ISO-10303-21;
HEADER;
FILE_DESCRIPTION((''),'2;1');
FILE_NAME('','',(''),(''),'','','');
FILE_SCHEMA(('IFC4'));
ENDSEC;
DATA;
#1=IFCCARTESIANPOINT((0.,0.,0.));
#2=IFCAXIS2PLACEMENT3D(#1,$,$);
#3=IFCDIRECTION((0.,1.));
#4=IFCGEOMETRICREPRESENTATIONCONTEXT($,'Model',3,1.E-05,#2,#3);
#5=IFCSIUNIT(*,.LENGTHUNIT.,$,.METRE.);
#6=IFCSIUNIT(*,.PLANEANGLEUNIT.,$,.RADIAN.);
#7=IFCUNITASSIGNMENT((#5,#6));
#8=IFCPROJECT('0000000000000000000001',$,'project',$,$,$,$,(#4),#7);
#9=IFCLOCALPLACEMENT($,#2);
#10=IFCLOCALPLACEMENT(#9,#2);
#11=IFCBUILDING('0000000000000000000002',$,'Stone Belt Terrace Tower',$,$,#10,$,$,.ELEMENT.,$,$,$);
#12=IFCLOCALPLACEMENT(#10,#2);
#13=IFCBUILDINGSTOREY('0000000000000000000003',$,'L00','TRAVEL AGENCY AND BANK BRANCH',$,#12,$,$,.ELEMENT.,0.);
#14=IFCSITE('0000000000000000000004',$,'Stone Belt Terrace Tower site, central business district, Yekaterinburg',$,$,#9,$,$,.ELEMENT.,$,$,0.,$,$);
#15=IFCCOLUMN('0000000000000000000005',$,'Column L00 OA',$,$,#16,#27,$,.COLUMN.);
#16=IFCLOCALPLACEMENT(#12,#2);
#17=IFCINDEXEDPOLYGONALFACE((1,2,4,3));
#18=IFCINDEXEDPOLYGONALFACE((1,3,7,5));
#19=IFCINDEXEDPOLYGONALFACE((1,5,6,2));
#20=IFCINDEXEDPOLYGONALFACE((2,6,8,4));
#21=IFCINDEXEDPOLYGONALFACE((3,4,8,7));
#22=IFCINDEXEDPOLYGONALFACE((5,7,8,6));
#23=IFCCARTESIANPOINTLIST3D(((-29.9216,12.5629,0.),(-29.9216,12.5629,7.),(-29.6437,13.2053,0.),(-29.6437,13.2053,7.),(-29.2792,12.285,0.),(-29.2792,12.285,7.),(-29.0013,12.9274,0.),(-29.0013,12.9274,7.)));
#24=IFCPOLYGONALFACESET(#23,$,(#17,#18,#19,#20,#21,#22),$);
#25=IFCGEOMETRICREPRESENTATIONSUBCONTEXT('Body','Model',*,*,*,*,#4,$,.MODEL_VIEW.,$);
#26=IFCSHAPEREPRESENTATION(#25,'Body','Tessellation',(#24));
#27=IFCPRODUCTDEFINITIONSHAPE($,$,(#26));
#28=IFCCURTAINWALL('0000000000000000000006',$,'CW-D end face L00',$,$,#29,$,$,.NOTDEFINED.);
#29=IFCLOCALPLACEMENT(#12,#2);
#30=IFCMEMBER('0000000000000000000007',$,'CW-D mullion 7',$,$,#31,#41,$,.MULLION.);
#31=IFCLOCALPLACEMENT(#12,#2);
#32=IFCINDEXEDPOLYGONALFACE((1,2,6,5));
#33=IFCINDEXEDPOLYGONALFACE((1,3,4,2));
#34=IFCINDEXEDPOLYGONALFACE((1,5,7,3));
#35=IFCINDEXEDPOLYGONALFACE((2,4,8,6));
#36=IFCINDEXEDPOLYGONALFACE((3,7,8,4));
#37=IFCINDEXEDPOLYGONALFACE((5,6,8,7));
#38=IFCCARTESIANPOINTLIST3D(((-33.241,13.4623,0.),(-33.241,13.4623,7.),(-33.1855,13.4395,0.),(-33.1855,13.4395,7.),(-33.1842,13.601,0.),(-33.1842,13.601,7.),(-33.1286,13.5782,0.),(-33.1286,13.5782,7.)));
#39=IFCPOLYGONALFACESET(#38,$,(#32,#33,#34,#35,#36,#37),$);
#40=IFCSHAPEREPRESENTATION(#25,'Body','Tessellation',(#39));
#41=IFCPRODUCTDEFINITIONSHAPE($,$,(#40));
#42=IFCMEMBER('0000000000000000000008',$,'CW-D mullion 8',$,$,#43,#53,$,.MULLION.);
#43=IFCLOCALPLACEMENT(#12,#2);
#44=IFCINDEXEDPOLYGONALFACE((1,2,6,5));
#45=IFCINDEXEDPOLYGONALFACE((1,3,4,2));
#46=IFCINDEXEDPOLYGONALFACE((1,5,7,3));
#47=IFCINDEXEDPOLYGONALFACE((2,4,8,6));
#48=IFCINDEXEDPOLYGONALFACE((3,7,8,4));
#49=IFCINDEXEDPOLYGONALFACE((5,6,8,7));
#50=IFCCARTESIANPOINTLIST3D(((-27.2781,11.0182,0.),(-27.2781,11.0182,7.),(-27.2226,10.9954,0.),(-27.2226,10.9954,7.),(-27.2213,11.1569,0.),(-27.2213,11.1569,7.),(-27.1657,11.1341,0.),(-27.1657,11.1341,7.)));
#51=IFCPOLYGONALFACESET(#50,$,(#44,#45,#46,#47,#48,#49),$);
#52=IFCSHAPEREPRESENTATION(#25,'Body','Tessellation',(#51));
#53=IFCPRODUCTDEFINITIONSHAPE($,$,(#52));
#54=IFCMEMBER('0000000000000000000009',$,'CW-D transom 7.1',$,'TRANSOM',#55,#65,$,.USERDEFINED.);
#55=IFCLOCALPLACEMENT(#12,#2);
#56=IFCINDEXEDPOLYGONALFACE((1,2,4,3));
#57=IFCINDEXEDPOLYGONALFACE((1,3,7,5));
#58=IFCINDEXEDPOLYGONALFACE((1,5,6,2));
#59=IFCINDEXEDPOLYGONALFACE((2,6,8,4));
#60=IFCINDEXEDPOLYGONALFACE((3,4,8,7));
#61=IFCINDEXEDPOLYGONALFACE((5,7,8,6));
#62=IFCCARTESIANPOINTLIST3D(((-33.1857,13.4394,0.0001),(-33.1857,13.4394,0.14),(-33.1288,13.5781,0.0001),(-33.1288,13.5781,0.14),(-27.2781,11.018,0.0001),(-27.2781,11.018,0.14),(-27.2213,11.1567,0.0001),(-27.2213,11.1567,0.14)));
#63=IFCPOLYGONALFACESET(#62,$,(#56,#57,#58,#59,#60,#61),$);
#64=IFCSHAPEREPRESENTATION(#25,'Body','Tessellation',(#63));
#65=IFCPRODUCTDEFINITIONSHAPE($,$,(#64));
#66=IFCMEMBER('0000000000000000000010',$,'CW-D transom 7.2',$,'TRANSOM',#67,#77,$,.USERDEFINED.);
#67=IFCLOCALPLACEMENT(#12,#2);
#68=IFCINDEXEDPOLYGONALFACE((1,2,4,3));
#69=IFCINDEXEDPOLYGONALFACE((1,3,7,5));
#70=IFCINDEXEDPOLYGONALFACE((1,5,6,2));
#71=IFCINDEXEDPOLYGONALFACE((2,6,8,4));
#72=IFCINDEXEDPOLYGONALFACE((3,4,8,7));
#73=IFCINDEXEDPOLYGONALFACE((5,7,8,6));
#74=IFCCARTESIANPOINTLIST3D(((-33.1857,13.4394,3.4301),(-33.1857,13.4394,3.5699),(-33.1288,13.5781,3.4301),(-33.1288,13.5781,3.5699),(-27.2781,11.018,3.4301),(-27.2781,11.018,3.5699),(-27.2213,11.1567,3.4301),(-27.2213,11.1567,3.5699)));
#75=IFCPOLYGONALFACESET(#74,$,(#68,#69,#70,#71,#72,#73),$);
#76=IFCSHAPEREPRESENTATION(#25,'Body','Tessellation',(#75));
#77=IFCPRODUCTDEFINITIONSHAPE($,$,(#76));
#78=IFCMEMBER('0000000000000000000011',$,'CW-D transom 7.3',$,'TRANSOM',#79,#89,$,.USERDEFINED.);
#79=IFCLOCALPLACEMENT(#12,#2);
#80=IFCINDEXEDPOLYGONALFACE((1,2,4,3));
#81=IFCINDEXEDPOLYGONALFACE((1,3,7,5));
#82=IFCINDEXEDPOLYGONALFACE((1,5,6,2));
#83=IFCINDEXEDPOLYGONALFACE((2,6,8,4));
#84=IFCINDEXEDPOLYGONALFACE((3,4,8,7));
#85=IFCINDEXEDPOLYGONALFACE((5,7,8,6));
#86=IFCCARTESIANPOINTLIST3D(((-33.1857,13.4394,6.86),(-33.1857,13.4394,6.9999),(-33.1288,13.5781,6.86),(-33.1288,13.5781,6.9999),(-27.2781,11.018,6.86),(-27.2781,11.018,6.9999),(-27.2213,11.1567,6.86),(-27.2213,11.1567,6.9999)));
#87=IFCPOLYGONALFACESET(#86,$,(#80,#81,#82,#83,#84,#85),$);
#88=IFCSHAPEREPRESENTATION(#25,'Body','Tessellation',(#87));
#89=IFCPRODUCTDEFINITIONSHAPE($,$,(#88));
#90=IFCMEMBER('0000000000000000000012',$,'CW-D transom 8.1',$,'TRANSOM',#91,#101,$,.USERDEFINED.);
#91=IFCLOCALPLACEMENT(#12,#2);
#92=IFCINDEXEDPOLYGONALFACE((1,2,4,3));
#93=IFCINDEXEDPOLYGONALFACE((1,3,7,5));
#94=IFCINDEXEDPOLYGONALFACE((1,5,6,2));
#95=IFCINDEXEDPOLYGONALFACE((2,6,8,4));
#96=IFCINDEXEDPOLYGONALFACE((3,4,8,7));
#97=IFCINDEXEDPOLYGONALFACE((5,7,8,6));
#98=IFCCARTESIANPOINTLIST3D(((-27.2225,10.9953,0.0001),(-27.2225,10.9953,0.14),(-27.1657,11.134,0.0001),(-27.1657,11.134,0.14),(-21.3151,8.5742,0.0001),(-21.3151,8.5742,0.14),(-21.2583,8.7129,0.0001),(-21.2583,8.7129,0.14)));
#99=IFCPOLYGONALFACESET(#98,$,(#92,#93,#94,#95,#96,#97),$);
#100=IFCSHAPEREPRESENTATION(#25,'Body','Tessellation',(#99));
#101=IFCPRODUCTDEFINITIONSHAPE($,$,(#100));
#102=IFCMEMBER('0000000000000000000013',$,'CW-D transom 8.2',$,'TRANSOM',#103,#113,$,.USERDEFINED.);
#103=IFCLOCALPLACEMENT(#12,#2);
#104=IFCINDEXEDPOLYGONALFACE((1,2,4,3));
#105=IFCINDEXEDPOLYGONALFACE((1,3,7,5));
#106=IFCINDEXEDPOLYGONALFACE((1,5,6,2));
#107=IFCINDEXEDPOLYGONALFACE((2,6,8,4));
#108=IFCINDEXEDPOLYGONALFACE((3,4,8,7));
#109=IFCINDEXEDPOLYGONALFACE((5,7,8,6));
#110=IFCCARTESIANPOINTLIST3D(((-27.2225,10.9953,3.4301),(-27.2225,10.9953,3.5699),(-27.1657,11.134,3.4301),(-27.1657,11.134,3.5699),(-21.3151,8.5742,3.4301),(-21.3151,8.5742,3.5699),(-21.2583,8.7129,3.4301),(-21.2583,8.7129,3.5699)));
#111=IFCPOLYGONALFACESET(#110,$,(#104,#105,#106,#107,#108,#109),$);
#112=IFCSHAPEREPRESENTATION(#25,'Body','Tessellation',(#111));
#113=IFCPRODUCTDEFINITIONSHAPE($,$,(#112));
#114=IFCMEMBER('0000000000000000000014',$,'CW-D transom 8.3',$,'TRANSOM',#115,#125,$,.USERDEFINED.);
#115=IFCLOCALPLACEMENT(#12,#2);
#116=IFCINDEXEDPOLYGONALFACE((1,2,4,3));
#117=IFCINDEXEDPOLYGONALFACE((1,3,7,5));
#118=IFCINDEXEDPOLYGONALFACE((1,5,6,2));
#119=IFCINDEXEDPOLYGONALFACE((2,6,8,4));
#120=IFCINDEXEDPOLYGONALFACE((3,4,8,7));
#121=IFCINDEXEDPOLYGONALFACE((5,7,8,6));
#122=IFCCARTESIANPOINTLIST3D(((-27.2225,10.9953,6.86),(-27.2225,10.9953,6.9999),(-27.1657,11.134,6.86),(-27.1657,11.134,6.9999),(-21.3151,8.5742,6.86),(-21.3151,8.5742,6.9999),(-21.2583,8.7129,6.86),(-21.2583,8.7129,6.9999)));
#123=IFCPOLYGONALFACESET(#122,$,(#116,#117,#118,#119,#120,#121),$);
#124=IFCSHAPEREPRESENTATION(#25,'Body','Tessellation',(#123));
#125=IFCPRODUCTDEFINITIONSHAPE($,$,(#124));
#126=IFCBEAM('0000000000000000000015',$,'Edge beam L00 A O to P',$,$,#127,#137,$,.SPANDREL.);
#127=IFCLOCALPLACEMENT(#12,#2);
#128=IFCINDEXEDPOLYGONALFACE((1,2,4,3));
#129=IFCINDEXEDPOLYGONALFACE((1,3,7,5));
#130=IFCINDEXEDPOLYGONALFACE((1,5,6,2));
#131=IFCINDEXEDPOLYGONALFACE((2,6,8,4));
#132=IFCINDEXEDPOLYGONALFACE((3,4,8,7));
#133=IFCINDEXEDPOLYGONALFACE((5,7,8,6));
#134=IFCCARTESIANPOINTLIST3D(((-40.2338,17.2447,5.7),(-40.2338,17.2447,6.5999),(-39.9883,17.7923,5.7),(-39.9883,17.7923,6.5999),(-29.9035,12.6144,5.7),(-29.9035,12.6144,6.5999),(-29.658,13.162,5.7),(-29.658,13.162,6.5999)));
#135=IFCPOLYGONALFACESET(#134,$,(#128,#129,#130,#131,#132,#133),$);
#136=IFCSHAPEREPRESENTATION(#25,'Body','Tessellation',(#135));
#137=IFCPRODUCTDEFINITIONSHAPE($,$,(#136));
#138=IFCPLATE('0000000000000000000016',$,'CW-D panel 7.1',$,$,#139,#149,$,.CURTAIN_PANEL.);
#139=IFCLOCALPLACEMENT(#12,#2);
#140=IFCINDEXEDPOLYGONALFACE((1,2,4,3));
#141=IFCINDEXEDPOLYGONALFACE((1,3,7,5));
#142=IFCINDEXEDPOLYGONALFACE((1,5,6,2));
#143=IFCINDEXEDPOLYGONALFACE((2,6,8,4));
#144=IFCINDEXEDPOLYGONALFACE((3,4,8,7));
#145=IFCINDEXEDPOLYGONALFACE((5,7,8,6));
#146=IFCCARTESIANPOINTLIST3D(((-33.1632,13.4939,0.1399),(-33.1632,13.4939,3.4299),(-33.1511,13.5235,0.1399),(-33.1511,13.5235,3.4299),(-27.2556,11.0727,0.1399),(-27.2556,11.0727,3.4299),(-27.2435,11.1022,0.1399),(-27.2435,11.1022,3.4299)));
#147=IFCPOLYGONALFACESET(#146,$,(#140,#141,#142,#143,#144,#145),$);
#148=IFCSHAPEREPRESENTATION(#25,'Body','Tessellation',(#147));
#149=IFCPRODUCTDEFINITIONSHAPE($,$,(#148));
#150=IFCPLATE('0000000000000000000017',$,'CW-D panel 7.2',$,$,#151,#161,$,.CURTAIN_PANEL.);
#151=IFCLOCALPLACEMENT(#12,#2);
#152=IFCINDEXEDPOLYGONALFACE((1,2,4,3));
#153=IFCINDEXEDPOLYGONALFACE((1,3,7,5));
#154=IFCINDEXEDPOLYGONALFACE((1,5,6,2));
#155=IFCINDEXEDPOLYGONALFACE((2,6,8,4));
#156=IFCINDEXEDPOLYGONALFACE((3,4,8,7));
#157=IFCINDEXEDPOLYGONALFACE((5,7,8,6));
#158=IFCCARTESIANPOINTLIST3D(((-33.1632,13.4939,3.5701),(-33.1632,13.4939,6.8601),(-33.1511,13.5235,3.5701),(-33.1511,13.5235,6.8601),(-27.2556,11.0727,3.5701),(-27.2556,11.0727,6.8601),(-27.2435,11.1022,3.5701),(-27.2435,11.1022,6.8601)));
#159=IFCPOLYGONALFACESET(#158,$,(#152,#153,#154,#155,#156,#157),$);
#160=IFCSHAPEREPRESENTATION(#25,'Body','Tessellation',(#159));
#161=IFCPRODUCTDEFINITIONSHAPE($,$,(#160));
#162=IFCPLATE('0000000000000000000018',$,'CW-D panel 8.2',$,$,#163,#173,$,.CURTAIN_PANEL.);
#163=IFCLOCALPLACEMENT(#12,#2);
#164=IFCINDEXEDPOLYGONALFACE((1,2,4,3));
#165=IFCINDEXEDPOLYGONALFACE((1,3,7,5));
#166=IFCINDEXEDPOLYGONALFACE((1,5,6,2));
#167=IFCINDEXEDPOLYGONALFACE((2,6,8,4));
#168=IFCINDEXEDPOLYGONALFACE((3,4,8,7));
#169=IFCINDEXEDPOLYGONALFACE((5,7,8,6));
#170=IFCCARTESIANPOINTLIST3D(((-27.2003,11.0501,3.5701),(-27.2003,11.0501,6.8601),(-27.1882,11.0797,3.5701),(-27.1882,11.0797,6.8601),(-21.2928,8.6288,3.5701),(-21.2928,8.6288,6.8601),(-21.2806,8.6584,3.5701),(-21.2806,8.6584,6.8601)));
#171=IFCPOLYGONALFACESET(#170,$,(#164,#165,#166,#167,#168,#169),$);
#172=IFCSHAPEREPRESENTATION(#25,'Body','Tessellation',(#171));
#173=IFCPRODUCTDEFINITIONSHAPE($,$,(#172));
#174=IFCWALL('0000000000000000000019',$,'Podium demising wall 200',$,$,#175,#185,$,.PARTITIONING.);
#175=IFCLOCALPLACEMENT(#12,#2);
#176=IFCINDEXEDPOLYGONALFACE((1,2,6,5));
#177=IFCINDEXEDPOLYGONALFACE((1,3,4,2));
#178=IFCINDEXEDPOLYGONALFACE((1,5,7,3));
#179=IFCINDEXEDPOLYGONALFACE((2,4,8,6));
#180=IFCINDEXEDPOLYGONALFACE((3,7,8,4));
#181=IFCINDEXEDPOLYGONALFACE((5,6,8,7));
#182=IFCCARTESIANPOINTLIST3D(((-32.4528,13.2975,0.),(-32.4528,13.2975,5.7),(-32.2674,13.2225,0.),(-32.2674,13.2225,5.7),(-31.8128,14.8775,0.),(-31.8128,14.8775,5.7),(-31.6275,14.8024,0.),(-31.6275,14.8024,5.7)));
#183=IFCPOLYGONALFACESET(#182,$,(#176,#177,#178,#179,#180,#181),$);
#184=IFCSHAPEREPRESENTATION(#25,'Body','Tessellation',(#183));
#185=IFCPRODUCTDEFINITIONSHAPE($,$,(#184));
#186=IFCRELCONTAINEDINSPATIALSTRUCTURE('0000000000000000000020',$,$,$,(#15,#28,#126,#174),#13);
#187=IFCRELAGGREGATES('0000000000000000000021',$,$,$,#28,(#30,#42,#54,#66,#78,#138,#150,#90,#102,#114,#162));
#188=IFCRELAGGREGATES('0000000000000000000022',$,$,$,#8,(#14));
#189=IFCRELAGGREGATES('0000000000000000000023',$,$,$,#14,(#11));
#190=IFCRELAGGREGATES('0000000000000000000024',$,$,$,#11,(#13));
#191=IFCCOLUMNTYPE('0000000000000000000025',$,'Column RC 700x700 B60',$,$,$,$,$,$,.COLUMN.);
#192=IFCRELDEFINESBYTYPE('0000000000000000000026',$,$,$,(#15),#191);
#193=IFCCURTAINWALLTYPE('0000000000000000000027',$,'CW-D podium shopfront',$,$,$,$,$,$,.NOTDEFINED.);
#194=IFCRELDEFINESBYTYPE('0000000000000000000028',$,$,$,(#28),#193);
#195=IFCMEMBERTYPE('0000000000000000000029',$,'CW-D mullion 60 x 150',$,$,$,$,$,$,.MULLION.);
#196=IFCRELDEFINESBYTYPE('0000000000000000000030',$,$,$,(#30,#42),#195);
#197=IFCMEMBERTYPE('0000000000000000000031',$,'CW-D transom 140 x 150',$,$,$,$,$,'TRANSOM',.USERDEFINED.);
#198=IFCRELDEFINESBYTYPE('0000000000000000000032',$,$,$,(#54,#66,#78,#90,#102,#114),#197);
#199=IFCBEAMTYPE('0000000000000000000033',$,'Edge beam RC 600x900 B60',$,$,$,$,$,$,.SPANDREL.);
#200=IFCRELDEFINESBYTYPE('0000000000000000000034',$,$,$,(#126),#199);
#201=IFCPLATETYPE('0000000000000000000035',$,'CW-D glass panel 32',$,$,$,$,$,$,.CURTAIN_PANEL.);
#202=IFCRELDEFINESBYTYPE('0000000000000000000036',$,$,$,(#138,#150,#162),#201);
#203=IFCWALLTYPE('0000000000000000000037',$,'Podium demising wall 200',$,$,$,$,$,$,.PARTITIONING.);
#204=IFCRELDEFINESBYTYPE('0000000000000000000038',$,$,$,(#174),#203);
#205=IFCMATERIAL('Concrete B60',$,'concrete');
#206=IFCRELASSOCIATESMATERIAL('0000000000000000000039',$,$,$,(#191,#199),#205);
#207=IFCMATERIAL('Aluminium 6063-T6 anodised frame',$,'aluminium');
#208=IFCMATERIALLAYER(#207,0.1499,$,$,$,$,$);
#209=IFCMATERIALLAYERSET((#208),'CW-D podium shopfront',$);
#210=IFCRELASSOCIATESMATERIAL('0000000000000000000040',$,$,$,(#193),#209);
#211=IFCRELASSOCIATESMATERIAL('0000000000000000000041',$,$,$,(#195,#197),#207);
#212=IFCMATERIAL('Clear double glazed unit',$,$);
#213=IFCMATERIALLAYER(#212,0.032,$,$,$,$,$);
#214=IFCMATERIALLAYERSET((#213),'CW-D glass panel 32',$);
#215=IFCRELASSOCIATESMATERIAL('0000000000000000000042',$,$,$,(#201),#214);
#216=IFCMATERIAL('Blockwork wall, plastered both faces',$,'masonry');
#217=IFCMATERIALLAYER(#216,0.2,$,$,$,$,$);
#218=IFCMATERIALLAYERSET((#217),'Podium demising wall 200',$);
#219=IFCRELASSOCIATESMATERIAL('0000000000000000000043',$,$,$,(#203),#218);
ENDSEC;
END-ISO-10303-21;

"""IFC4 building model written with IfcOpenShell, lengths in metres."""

from ifc_helpers import new_model, si_unit, direction, frame, frame_2d, origin, origin_2d, place, context, subcontext, project, spatial, rectangle, extrude, material, layer, layer_set, material_profile, profile_set, type_object, element, aggregate, save


model = new_model("IFC4")

# Units and contexts
model_context = context("Model", 3, precision=1e-05, world=origin(), true_north=direction((0.0, 1.0)))
body_context = subcontext(model_context, "Body", "Model", "MODEL_VIEW")
ifc_project = project(units=[si_unit("LENGTHUNIT", "METRE"), si_unit("PLANEANGLEUNIT", "RADIAN")], contexts=[model_context])

# Site, building, storey
site_placement = place(None, origin())
site = spatial("IfcSite", under=ifc_project, at=site_placement, Name="Stone Belt Terrace Tower site, central business district, Yekaterinburg", CompositionType="ELEMENT", RefElevation=0.0)
building_placement = place(site_placement, origin())
building = spatial("IfcBuilding", under=site, at=building_placement, Name="Stone Belt Terrace Tower", CompositionType="ELEMENT")
storey_placement = place(building_placement, origin())
storey = spatial("IfcBuildingStorey", under=building, at=storey_placement, Name="L00", Description="TRAVEL AGENCY AND BANK BRANCH", CompositionType="ELEMENT", Elevation=0.0)

# Column
ifc_material_1 = material(Name="Concrete B60", Category="concrete")
ifc_material_profile_1 = material_profile(ifc_material_1, rectangle(XDim=0.7, YDim=0.7, at=origin_2d()), Name="RC 700x700")
ifc_profile_set_1 = profile_set([ifc_material_profile_1], Name="Concrete B60")
column_type = type_object("IfcColumnType", Name="Column RC 700x700 B60", PredefinedType="COLUMN", material=ifc_profile_set_1)
column_placement = place(storey_placement, frame((-29.4614, 12.7451, 0.0), z_axis=(0.0, 0.0, 1.0), x_axis=(0.397044, 0.9178, 0.0)))
element("IfcColumn", 1, at=column_placement, inside=storey, type_object=column_type, Name="Column L00 OA", PredefinedType="COLUMN", context=body_context, shape_type="SweptSolid", body=[
    extrude(rectangle(XDim=0.7, YDim=0.7, at=origin_2d()), origin(), (0.0, 0.0, 1.0), 7.0),
])

# Curtain wall, members
ifc_material_2 = material(Name="Aluminium 6063-T6 anodised frame", Category="aluminium")
ifc_layer_1 = layer(ifc_material_2, 0.1499)
ifc_layer_set_1 = layer_set([ifc_layer_1], Name="CW-D podium shopfront")
curtain_wall_type = type_object("IfcCurtainWallType", Name="CW-D podium shopfront", PredefinedType="NOTDEFINED", material=ifc_layer_set_1)
curtain_wall_placement = place(storey_placement, origin())
curtain_wall = element("IfcCurtainWall", 2, at=curtain_wall_placement, inside=storey, type_object=curtain_wall_type, Name="CW-D end face L00", PredefinedType="NOTDEFINED")
ifc_material_profile_2 = material_profile(ifc_material_2, rectangle(XDim=0.1499, YDim=0.0601, at=origin_2d()), Name="Aluminium 6063-T6 60x150")
ifc_profile_set_2 = profile_set([ifc_material_profile_2], Name="Aluminium 6063-T6 anodised frame")
member_type_1 = type_object("IfcMemberType", Name="CW-D mullion 60 x 150", PredefinedType="MULLION", material=ifc_profile_set_2)
member_1_placement = place(storey_placement, frame((-33.1848, 13.5203, 0.0), z_axis=(0.0, 0.0, 1.0), x_axis=(0.379243, 0.925297, 0.0)))
member_1 = element("IfcMember", 3, at=member_1_placement, type_object=member_type_1, Name="CW-D mullion 7", PredefinedType="MULLION", context=body_context, shape_type="SweptSolid", body=[
    extrude(rectangle(XDim=0.1499, YDim=0.0601, at=origin_2d()), origin(), (0.0, 0.0, 1.0), 7.0),
])
member_2_placement = place(storey_placement, frame((-27.2219, 11.0762, 0.0), z_axis=(0.0, 0.0, 1.0), x_axis=(0.379243, 0.925297, 0.0)))
member_2 = element("IfcMember", 4, at=member_2_placement, type_object=member_type_1, Name="CW-D mullion 8", PredefinedType="MULLION", context=body_context, shape_type="SweptSolid", body=[
    extrude(rectangle(XDim=0.1499, YDim=0.0601, at=origin_2d()), origin(), (0.0, 0.0, 1.0), 7.0),
])
ifc_material_profile_3 = material_profile(ifc_material_2, rectangle(XDim=0.1499, YDim=0.1399, at=origin_2d()), Name="Aluminium 6063-T6 150x140")
ifc_profile_set_3 = profile_set([ifc_material_profile_3], Name="Aluminium 6063-T6 anodised frame")
member_type_2 = type_object("IfcMemberType", Name="CW-D transom 140 x 150", ElementType="TRANSOM", PredefinedType="USERDEFINED", material=ifc_profile_set_3)
member_3_placement = place(storey_placement, frame((-33.1572, 13.5088, 0.0701), z_axis=(0.925289, -0.379263, 0.0), x_axis=(0.379263, 0.925289, 0.0)))
member_3 = element("IfcMember", 5, at=member_3_placement, type_object=member_type_2, Name="CW-D transom 7.1", ObjectType="TRANSOM", PredefinedType="USERDEFINED", context=body_context, shape_type="SweptSolid", body=[
    extrude(rectangle(XDim=0.1499, YDim=0.1399, at=origin_2d()), origin(), (0.0, 0.0, 1.0), 6.3845),
])
member_4_placement = place(storey_placement, frame((-33.1572, 13.5088, 3.5), z_axis=(0.925289, -0.379263, 0.0), x_axis=(0.379263, 0.925289, 0.0)))
member_4 = element("IfcMember", 6, at=member_4_placement, type_object=member_type_2, Name="CW-D transom 7.2", ObjectType="TRANSOM", PredefinedType="USERDEFINED", context=body_context, shape_type="SweptSolid", body=[
    extrude(rectangle(XDim=0.1499, YDim=0.1399, at=origin_2d()), origin(), (0.0, 0.0, 1.0), 6.3845),
])
member_5_placement = place(storey_placement, frame((-33.1572, 13.5088, 6.9299), z_axis=(0.925289, -0.379263, 0.0), x_axis=(0.379263, 0.925289, 0.0)))
member_5 = element("IfcMember", 7, at=member_5_placement, type_object=member_type_2, Name="CW-D transom 7.3", ObjectType="TRANSOM", PredefinedType="USERDEFINED", context=body_context, shape_type="SweptSolid", body=[
    extrude(rectangle(XDim=0.1499, YDim=0.1399, at=origin_2d()), origin(), (0.0, 0.0, 1.0), 6.3845),
])
member_6_placement = place(storey_placement, frame((-27.1941, 11.0647, 0.0701), z_axis=(0.925302, -0.37923, 0.0), x_axis=(0.37923, 0.925302, 0.0)))
member_6 = element("IfcMember", 8, at=member_6_placement, type_object=member_type_2, Name="CW-D transom 8.1", ObjectType="TRANSOM", PredefinedType="USERDEFINED", context=body_context, shape_type="SweptSolid", body=[
    extrude(rectangle(XDim=0.1499, YDim=0.1399, at=origin_2d()), origin(), (0.0, 0.0, 1.0), 6.3843),
])
member_7_placement = place(storey_placement, frame((-27.1941, 11.0647, 3.5), z_axis=(0.925302, -0.37923, 0.0), x_axis=(0.37923, 0.925302, 0.0)))
member_7 = element("IfcMember", 9, at=member_7_placement, type_object=member_type_2, Name="CW-D transom 8.2", ObjectType="TRANSOM", PredefinedType="USERDEFINED", context=body_context, shape_type="SweptSolid", body=[
    extrude(rectangle(XDim=0.1499, YDim=0.1399, at=origin_2d()), origin(), (0.0, 0.0, 1.0), 6.3843),
])
member_8_placement = place(storey_placement, frame((-27.1941, 11.0647, 6.9299), z_axis=(0.925302, -0.37923, 0.0), x_axis=(0.37923, 0.925302, 0.0)))
member_8 = element("IfcMember", 10, at=member_8_placement, type_object=member_type_2, Name="CW-D transom 8.3", ObjectType="TRANSOM", PredefinedType="USERDEFINED", context=body_context, shape_type="SweptSolid", body=[
    extrude(rectangle(XDim=0.1499, YDim=0.1399, at=origin_2d()), origin(), (0.0, 0.0, 1.0), 6.3843),
])

# Beam
ifc_material_profile_4 = material_profile(ifc_material_1, rectangle(XDim=0.6001, YDim=0.8999, at=origin_2d()), Name="RC 600x900")
ifc_profile_set_4 = profile_set([ifc_material_profile_4], Name="Concrete B60")
beam_type = type_object("IfcBeamType", Name="Edge beam RC 600x900 B60", PredefinedType="SPANDREL", material=ifc_profile_set_4)
beam_placement = place(storey_placement, frame((-29.7808, 12.8882, 6.1499), z_axis=(-0.912525, 0.409022, 0.0), x_axis=(-0.409022, -0.912525, 0.0)))
element("IfcBeam", 11, at=beam_placement, inside=storey, type_object=beam_type, Name="Edge beam L00 A O to P", PredefinedType="SPANDREL", context=body_context, shape_type="SweptSolid", body=[
    extrude(rectangle(XDim=0.6001, YDim=0.8999, at=origin_2d()), origin(), (0.0, 0.0, 1.0), 11.3206),
])

# Plates
ifc_material_3 = material(Name="Clear double glazed unit")
ifc_layer_2 = layer(ifc_material_3, 0.032)
ifc_layer_set_2 = layer_set([ifc_layer_2], Name="CW-D glass panel 32")
plate_type = type_object("IfcPlateType", Name="CW-D glass panel 32", PredefinedType="CURTAIN_PANEL", material=ifc_layer_set_2)
plate_1_placement = place(storey_placement, frame((-30.2034, 12.2981, 0.1399), z_axis=(0.0, 0.0, 1.0), x_axis=(0.925297, -0.379243, 0.0)))
plate_1 = element("IfcPlate", 12, at=plate_1_placement, type_object=plate_type, Name="CW-D panel 7.1", PredefinedType="CURTAIN_PANEL", context=body_context, shape_type="SweptSolid", body=[
    extrude(rectangle(XDim=6.3845, YDim=0.032, at=origin_2d()), origin(), (0.0, 0.0, 1.0), 3.29),
])
plate_2_placement = place(storey_placement, frame((-30.2034, 12.2981, 3.5701), z_axis=(0.0, 0.0, 1.0), x_axis=(0.925297, -0.379243, 0.0)))
plate_2 = element("IfcPlate", 13, at=plate_2_placement, type_object=plate_type, Name="CW-D panel 7.2", PredefinedType="CURTAIN_PANEL", context=body_context, shape_type="SweptSolid", body=[
    extrude(rectangle(XDim=6.3845, YDim=0.032, at=origin_2d()), origin(), (0.0, 0.0, 1.0), 3.29),
])
plate_3_placement = place(storey_placement, frame((-24.2405, 9.8542, 3.5701), z_axis=(0.0, 0.0, 1.0), x_axis=(0.925297, -0.379243, 0.0)))
plate_3 = element("IfcPlate", 14, at=plate_3_placement, type_object=plate_type, Name="CW-D panel 8.2", PredefinedType="CURTAIN_PANEL", context=body_context, shape_type="SweptSolid", body=[
    extrude(rectangle(XDim=6.3845, YDim=0.032, at=origin_2d()), origin(), (0.0, 0.0, 1.0), 3.29),
])
aggregate(curtain_wall, [member_1, member_2, member_3, member_4, member_5, plate_1, plate_2, member_6, member_7, member_8, plate_3])

# Wall
ifc_material_4 = material(Name="Blockwork wall, plastered both faces", Category="masonry")
ifc_layer_3 = layer(ifc_material_4, 0.2)
ifc_layer_set_3 = layer_set([ifc_layer_3], Name="Podium demising wall 200")
wall_type_1 = type_object("IfcWallType", Name="Podium demising wall 200", PredefinedType="PARTITIONING", material=ifc_layer_set_3)
wall_1_placement = place(storey_placement, frame((-32.3601, 13.26, 0.0), z_axis=(0.0, 0.0, 1.0), x_axis=(0.375413, 0.926858, 0.0)))
element("IfcWall", 15, at=wall_1_placement, inside=storey, type_object=wall_type_1, Name="Podium demising wall 200", PredefinedType="PARTITIONING", context=body_context, shape_type="SweptSolid", body=[
    extrude(rectangle(XDim=1.7046, YDim=0.2, at=frame_2d((0.8523, 0.0))), origin(), (0.0, 0.0, 1.0), 5.7),
])

save(model, "model.ifc")
